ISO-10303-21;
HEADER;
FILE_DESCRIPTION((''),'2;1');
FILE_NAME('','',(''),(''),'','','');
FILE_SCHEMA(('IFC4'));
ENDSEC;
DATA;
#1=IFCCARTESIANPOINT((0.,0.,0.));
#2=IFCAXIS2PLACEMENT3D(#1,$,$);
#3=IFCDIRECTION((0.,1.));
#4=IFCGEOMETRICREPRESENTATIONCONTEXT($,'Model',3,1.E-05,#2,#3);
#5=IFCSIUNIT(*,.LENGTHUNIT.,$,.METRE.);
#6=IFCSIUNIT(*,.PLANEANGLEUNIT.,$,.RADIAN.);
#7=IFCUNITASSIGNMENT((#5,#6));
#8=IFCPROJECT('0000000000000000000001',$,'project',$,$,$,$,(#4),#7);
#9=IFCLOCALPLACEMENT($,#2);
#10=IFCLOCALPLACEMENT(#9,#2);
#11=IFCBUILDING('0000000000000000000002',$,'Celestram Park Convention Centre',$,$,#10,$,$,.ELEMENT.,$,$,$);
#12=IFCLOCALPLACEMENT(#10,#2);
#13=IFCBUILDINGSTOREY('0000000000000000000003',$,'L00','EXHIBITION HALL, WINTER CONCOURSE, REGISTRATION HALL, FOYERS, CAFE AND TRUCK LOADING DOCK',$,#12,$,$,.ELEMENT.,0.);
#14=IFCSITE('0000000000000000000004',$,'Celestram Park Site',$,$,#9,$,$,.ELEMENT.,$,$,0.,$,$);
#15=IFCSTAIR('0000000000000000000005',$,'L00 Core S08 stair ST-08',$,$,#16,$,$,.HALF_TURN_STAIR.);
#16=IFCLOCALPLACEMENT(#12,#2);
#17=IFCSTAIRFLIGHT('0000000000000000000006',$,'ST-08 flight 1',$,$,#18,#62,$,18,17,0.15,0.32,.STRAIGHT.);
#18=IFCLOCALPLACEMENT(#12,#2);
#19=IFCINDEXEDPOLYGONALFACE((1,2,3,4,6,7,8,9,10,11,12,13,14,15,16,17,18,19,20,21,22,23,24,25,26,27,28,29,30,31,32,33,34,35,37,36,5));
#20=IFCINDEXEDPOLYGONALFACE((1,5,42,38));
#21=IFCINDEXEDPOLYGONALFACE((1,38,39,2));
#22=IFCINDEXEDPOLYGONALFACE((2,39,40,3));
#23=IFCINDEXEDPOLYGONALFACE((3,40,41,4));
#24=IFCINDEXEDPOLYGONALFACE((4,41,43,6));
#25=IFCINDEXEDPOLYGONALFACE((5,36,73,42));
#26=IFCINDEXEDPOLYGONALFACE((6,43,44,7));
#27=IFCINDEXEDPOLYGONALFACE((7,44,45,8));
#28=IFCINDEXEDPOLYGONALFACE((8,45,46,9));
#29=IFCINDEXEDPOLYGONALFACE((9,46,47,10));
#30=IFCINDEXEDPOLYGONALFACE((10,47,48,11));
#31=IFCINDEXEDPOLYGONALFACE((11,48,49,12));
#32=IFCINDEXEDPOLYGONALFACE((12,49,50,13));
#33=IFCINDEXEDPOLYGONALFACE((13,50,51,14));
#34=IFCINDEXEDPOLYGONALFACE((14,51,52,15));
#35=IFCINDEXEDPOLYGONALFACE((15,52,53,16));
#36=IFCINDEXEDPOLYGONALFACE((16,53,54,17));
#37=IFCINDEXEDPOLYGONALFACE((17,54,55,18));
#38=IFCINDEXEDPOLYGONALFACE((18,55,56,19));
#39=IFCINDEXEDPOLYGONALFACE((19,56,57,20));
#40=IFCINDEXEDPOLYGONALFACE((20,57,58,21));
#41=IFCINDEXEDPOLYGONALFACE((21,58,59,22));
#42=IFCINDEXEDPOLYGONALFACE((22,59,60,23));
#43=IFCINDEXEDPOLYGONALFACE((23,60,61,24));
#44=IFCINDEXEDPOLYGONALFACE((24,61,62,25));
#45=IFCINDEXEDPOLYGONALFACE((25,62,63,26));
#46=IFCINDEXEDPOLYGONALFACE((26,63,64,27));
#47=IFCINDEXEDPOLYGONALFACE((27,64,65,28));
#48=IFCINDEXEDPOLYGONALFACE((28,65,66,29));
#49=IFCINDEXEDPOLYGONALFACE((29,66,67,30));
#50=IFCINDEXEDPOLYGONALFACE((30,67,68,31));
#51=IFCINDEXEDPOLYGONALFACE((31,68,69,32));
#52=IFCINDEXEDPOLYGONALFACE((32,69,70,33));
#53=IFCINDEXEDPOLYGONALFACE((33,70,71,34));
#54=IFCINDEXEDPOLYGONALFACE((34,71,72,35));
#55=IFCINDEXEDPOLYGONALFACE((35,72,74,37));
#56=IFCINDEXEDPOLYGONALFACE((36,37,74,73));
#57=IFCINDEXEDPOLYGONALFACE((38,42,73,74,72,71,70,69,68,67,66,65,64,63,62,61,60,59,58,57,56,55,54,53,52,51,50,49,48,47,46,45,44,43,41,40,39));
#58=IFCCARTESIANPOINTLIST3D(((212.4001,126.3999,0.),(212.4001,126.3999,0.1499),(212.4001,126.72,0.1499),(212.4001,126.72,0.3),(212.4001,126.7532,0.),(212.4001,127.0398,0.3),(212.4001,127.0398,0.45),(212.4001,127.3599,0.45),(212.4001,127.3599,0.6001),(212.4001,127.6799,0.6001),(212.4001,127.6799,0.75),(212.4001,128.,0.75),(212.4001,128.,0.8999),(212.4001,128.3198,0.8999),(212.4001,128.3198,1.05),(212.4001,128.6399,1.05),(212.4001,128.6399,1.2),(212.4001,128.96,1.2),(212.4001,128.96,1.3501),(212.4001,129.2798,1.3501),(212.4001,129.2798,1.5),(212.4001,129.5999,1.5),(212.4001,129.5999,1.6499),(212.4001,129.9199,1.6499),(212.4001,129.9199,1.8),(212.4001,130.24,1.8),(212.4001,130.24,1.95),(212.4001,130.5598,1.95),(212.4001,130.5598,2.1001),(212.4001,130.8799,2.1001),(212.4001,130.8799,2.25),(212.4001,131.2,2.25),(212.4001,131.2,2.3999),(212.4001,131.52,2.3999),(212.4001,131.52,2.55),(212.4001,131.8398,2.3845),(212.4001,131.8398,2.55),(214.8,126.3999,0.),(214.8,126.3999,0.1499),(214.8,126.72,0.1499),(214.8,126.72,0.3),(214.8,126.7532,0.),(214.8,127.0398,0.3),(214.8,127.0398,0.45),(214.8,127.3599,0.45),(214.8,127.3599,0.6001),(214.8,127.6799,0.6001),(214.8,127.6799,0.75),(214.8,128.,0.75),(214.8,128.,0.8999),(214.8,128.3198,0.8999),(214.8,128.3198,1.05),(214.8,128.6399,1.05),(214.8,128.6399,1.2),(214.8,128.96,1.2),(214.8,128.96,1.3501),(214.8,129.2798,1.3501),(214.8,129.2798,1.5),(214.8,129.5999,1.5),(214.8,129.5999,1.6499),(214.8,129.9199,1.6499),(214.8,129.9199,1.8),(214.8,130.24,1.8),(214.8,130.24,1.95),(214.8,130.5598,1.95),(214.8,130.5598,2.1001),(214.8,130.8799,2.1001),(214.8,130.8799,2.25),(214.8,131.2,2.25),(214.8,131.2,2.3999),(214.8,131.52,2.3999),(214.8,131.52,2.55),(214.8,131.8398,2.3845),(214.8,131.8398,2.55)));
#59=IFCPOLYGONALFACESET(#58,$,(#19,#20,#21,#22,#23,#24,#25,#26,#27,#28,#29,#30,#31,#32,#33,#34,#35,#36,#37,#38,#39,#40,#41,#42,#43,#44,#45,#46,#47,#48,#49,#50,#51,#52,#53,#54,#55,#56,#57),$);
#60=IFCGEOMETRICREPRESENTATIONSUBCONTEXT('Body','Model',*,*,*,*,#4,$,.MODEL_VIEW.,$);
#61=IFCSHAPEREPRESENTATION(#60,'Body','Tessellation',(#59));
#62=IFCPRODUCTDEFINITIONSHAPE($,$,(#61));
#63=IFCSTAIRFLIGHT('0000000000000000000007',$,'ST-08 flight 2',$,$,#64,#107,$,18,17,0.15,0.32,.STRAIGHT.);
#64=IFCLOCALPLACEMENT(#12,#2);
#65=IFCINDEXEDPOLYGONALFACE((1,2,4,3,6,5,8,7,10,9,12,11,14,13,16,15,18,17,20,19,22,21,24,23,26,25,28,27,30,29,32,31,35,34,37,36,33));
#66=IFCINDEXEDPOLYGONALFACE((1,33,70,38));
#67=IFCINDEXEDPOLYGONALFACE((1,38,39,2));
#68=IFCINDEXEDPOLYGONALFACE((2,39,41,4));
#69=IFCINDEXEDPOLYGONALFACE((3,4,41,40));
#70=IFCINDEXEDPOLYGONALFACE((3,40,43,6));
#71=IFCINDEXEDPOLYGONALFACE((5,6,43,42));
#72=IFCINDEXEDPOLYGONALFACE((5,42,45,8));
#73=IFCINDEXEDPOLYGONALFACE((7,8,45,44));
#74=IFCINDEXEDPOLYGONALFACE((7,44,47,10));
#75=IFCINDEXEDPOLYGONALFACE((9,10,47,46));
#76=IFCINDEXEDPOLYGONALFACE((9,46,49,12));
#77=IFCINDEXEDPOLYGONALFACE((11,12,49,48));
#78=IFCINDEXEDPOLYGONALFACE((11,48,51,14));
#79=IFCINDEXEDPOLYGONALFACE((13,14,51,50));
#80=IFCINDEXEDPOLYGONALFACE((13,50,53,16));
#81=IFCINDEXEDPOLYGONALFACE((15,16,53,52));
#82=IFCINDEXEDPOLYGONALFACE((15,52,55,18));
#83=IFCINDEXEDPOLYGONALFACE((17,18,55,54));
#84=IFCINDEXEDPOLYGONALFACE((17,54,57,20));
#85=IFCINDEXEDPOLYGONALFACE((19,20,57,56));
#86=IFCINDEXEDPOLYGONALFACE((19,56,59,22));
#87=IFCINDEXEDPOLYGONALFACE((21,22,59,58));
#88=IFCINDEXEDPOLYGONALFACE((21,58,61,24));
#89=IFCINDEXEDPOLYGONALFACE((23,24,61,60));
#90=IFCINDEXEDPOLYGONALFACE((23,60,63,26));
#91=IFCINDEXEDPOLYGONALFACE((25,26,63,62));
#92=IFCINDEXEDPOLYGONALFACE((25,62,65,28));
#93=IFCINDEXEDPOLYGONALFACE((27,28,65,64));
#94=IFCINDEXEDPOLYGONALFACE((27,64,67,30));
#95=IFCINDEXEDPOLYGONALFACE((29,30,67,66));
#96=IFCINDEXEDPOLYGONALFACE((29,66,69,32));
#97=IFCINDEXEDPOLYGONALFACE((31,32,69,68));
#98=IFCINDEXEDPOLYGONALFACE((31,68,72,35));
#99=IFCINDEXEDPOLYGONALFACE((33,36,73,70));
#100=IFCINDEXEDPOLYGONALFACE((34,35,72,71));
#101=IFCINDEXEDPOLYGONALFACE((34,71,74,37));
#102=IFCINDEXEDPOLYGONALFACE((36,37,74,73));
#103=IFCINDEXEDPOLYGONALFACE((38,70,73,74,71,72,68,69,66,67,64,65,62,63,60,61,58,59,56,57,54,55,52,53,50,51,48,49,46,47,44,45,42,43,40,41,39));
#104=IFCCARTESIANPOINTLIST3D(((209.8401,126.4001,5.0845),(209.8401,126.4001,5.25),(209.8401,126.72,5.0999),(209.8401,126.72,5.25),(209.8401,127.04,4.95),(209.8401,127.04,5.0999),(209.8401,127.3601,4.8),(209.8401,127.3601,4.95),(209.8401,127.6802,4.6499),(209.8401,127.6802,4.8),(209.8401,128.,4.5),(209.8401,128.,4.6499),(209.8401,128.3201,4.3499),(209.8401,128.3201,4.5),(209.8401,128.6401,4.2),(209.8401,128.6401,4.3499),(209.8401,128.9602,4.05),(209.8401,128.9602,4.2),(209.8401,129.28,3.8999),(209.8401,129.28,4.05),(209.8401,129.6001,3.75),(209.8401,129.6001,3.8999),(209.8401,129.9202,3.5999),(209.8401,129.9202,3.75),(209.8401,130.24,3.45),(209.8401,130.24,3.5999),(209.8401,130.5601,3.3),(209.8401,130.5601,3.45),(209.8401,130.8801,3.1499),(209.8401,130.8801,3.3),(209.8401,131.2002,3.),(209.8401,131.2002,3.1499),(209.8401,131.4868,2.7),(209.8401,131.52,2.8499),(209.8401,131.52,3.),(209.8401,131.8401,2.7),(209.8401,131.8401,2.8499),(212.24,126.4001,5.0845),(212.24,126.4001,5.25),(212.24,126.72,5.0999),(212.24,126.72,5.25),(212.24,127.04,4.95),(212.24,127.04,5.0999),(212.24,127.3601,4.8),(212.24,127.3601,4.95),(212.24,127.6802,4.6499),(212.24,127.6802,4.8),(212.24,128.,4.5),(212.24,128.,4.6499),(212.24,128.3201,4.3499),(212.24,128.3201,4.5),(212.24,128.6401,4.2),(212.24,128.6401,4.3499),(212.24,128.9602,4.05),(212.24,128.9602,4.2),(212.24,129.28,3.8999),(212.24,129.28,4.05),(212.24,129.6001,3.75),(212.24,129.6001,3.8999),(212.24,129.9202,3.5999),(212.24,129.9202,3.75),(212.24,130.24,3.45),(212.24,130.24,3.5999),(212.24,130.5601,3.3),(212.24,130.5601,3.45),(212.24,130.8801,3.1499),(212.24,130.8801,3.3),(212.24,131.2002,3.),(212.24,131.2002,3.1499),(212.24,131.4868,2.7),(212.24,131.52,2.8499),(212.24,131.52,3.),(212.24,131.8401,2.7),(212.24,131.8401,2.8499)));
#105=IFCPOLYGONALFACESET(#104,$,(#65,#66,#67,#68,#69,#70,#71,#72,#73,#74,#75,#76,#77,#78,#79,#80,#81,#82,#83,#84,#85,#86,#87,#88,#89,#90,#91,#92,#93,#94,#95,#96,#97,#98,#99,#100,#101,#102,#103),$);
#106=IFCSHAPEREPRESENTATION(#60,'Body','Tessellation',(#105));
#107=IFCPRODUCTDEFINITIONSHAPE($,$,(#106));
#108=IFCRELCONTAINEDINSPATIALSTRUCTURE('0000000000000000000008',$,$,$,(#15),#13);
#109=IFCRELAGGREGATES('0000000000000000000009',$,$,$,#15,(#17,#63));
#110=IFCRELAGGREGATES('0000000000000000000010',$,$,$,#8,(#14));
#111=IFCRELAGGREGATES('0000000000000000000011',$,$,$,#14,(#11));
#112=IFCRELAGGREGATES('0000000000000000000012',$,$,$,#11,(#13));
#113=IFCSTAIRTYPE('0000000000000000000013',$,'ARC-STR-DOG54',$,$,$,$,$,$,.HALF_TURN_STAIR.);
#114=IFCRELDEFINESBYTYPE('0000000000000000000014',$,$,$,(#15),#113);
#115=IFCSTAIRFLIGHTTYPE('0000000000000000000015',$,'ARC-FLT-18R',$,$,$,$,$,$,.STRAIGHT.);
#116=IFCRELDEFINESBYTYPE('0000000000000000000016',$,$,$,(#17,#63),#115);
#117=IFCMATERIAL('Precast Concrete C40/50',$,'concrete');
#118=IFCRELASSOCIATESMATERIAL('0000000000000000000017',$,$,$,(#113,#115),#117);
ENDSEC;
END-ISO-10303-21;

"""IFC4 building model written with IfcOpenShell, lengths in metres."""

from ifc_helpers import new_model, si_unit, direction, frame, origin, place, context, subcontext, project, spatial, polyline, outline, extrude, material, type_object, element, aggregate, save


model = new_model("IFC4")

# Units and contexts
model_context = context("Model", 3, precision=1e-05, world=origin(), true_north=direction((0.0, 1.0)))
body_context = subcontext(model_context, "Body", "Model", "MODEL_VIEW")
ifc_project = project(units=[si_unit("LENGTHUNIT", "METRE"), si_unit("PLANEANGLEUNIT", "RADIAN")], contexts=[model_context])

# Site, building, storey
site_placement = place(None, origin())
site = spatial("IfcSite", under=ifc_project, at=site_placement, Name="Celestram Park Site", CompositionType="ELEMENT", RefElevation=0.0)
building_placement = place(site_placement, origin())
building = spatial("IfcBuilding", under=site, at=building_placement, Name="Celestram Park Convention Centre", CompositionType="ELEMENT")
storey_placement = place(building_placement, origin())
storey = spatial("IfcBuildingStorey", under=building, at=storey_placement, Name="L00", Description="EXHIBITION HALL, WINTER CONCOURSE, REGISTRATION HALL, FOYERS, CAFE AND TRUCK LOADING DOCK", CompositionType="ELEMENT", Elevation=0.0)

# Shared definitions
ifc_material_1 = material(Name="Precast Concrete C40/50", Category="concrete")

# Stair, stair flights
stair_type = type_object("IfcStairType", Name="ARC-STR-DOG54", PredefinedType="HALF_TURN_STAIR", material=ifc_material_1)
stair_placement = place(storey_placement, origin())
stair = element("IfcStair", 1, at=stair_placement, inside=storey, type_object=stair_type, Name="L00 Core S08 stair ST-08", PredefinedType="HALF_TURN_STAIR")
stair_flight_type = type_object("IfcStairFlightType", Name="ARC-FLT-18R", PredefinedType="STRAIGHT", material=ifc_material_1)
stair_flight_1_placement = place(storey_placement, frame((213.6001, 126.3999, 0.0), z_axis=(0.0, 0.0, 1.0), x_axis=(0.0, 1.0, 0.0)))
stair_flight_1 = element("IfcStairFlight", 2, at=stair_flight_1_placement, type_object=stair_flight_type, Name="ST-08 flight 1", NumberOfRisers=18, NumberOfTreads=17, PredefinedType="STRAIGHT", RiserHeight=0.15, TreadLength=0.32, context=body_context, shape_type="SweptSolid", body=[
    extrude(outline(polyline([(0.0, 0.0), (0.0, 0.1499), (0.3201, 0.1499), (0.3201, 0.3), (0.6399, 0.3), (0.6399, 0.45), (0.96, 0.45), (0.96, 0.6001), (1.28, 0.6001), (1.28, 0.75), (1.6001, 0.75), (1.6001, 0.8999), (1.9199, 0.8999), (1.9199, 1.05), (2.24, 1.05), (2.24, 1.2), (2.5601, 1.2), (2.5601, 1.3501), (2.8799, 1.3501), (2.8799, 1.5), (3.2, 1.5), (3.2, 1.6499), (3.52, 1.6499), (3.52, 1.8), (3.8401, 1.8), (3.8401, 1.95), (4.1599, 1.95), (4.1599, 2.1001), (4.48, 2.1001), (4.48, 2.25), (4.8, 2.25), (4.8, 2.3999), (5.1201, 2.3999), (5.1201, 2.55), (5.4399, 2.55), (5.4399, 2.7), (5.4399, 2.3845), (0.3533, 0.0), (0.0, 0.0)])), frame((0.0, 1.2, 0.0), z_axis=(0.0, -1.0, 0.0), x_axis=(1.0, 0.0, 0.0)), (0.0, 0.0, 1.0), 2.3999),
])
stair_flight_2_placement = place(storey_placement, frame((211.04, 131.8401, 2.7), z_axis=(0.0, 0.0, 1.0), x_axis=(0.0, -1.0, 0.0)))
stair_flight_2 = element("IfcStairFlight", 3, at=stair_flight_2_placement, type_object=stair_flight_type, Name="ST-08 flight 2", NumberOfRisers=18, NumberOfTreads=17, PredefinedType="STRAIGHT", RiserHeight=0.15, TreadLength=0.32, context=body_context, shape_type="SweptSolid", body=[
    extrude(outline(polyline([(0.0, 0.0), (0.0, 0.1499), (0.3201, 0.1499), (0.3201, 0.3), (0.6399, 0.3), (0.6399, 0.45), (0.96, 0.45), (0.96, 0.6001), (1.28, 0.6001), (1.28, 0.75), (1.6001, 0.75), (1.6001, 0.8999), (1.9199, 0.8999), (1.9199, 1.05), (2.24, 1.05), (2.24, 1.2), (2.5601, 1.2), (2.5601, 1.3501), (2.8799, 1.3501), (2.8799, 1.5), (3.2, 1.5), (3.2, 1.6499), (3.52, 1.6499), (3.52, 1.8), (3.8401, 1.8), (3.8401, 1.95), (4.1599, 1.95), (4.1599, 2.1001), (4.48, 2.1001), (4.48, 2.25), (4.8, 2.25), (4.8, 2.3999), (5.1201, 2.3999), (5.1201, 2.55), (5.4399, 2.55), (5.4399, 2.7), (5.4399, 2.3845), (0.3533, 0.0), (0.0, 0.0)])), frame((0.0, 1.2, 0.0), z_axis=(0.0, -1.0, 0.0), x_axis=(1.0, 0.0, 0.0)), (0.0, 0.0, 1.0), 2.3999),
])
aggregate(stair, [stair_flight_1, stair_flight_2])

save(model, "model.ifc")
